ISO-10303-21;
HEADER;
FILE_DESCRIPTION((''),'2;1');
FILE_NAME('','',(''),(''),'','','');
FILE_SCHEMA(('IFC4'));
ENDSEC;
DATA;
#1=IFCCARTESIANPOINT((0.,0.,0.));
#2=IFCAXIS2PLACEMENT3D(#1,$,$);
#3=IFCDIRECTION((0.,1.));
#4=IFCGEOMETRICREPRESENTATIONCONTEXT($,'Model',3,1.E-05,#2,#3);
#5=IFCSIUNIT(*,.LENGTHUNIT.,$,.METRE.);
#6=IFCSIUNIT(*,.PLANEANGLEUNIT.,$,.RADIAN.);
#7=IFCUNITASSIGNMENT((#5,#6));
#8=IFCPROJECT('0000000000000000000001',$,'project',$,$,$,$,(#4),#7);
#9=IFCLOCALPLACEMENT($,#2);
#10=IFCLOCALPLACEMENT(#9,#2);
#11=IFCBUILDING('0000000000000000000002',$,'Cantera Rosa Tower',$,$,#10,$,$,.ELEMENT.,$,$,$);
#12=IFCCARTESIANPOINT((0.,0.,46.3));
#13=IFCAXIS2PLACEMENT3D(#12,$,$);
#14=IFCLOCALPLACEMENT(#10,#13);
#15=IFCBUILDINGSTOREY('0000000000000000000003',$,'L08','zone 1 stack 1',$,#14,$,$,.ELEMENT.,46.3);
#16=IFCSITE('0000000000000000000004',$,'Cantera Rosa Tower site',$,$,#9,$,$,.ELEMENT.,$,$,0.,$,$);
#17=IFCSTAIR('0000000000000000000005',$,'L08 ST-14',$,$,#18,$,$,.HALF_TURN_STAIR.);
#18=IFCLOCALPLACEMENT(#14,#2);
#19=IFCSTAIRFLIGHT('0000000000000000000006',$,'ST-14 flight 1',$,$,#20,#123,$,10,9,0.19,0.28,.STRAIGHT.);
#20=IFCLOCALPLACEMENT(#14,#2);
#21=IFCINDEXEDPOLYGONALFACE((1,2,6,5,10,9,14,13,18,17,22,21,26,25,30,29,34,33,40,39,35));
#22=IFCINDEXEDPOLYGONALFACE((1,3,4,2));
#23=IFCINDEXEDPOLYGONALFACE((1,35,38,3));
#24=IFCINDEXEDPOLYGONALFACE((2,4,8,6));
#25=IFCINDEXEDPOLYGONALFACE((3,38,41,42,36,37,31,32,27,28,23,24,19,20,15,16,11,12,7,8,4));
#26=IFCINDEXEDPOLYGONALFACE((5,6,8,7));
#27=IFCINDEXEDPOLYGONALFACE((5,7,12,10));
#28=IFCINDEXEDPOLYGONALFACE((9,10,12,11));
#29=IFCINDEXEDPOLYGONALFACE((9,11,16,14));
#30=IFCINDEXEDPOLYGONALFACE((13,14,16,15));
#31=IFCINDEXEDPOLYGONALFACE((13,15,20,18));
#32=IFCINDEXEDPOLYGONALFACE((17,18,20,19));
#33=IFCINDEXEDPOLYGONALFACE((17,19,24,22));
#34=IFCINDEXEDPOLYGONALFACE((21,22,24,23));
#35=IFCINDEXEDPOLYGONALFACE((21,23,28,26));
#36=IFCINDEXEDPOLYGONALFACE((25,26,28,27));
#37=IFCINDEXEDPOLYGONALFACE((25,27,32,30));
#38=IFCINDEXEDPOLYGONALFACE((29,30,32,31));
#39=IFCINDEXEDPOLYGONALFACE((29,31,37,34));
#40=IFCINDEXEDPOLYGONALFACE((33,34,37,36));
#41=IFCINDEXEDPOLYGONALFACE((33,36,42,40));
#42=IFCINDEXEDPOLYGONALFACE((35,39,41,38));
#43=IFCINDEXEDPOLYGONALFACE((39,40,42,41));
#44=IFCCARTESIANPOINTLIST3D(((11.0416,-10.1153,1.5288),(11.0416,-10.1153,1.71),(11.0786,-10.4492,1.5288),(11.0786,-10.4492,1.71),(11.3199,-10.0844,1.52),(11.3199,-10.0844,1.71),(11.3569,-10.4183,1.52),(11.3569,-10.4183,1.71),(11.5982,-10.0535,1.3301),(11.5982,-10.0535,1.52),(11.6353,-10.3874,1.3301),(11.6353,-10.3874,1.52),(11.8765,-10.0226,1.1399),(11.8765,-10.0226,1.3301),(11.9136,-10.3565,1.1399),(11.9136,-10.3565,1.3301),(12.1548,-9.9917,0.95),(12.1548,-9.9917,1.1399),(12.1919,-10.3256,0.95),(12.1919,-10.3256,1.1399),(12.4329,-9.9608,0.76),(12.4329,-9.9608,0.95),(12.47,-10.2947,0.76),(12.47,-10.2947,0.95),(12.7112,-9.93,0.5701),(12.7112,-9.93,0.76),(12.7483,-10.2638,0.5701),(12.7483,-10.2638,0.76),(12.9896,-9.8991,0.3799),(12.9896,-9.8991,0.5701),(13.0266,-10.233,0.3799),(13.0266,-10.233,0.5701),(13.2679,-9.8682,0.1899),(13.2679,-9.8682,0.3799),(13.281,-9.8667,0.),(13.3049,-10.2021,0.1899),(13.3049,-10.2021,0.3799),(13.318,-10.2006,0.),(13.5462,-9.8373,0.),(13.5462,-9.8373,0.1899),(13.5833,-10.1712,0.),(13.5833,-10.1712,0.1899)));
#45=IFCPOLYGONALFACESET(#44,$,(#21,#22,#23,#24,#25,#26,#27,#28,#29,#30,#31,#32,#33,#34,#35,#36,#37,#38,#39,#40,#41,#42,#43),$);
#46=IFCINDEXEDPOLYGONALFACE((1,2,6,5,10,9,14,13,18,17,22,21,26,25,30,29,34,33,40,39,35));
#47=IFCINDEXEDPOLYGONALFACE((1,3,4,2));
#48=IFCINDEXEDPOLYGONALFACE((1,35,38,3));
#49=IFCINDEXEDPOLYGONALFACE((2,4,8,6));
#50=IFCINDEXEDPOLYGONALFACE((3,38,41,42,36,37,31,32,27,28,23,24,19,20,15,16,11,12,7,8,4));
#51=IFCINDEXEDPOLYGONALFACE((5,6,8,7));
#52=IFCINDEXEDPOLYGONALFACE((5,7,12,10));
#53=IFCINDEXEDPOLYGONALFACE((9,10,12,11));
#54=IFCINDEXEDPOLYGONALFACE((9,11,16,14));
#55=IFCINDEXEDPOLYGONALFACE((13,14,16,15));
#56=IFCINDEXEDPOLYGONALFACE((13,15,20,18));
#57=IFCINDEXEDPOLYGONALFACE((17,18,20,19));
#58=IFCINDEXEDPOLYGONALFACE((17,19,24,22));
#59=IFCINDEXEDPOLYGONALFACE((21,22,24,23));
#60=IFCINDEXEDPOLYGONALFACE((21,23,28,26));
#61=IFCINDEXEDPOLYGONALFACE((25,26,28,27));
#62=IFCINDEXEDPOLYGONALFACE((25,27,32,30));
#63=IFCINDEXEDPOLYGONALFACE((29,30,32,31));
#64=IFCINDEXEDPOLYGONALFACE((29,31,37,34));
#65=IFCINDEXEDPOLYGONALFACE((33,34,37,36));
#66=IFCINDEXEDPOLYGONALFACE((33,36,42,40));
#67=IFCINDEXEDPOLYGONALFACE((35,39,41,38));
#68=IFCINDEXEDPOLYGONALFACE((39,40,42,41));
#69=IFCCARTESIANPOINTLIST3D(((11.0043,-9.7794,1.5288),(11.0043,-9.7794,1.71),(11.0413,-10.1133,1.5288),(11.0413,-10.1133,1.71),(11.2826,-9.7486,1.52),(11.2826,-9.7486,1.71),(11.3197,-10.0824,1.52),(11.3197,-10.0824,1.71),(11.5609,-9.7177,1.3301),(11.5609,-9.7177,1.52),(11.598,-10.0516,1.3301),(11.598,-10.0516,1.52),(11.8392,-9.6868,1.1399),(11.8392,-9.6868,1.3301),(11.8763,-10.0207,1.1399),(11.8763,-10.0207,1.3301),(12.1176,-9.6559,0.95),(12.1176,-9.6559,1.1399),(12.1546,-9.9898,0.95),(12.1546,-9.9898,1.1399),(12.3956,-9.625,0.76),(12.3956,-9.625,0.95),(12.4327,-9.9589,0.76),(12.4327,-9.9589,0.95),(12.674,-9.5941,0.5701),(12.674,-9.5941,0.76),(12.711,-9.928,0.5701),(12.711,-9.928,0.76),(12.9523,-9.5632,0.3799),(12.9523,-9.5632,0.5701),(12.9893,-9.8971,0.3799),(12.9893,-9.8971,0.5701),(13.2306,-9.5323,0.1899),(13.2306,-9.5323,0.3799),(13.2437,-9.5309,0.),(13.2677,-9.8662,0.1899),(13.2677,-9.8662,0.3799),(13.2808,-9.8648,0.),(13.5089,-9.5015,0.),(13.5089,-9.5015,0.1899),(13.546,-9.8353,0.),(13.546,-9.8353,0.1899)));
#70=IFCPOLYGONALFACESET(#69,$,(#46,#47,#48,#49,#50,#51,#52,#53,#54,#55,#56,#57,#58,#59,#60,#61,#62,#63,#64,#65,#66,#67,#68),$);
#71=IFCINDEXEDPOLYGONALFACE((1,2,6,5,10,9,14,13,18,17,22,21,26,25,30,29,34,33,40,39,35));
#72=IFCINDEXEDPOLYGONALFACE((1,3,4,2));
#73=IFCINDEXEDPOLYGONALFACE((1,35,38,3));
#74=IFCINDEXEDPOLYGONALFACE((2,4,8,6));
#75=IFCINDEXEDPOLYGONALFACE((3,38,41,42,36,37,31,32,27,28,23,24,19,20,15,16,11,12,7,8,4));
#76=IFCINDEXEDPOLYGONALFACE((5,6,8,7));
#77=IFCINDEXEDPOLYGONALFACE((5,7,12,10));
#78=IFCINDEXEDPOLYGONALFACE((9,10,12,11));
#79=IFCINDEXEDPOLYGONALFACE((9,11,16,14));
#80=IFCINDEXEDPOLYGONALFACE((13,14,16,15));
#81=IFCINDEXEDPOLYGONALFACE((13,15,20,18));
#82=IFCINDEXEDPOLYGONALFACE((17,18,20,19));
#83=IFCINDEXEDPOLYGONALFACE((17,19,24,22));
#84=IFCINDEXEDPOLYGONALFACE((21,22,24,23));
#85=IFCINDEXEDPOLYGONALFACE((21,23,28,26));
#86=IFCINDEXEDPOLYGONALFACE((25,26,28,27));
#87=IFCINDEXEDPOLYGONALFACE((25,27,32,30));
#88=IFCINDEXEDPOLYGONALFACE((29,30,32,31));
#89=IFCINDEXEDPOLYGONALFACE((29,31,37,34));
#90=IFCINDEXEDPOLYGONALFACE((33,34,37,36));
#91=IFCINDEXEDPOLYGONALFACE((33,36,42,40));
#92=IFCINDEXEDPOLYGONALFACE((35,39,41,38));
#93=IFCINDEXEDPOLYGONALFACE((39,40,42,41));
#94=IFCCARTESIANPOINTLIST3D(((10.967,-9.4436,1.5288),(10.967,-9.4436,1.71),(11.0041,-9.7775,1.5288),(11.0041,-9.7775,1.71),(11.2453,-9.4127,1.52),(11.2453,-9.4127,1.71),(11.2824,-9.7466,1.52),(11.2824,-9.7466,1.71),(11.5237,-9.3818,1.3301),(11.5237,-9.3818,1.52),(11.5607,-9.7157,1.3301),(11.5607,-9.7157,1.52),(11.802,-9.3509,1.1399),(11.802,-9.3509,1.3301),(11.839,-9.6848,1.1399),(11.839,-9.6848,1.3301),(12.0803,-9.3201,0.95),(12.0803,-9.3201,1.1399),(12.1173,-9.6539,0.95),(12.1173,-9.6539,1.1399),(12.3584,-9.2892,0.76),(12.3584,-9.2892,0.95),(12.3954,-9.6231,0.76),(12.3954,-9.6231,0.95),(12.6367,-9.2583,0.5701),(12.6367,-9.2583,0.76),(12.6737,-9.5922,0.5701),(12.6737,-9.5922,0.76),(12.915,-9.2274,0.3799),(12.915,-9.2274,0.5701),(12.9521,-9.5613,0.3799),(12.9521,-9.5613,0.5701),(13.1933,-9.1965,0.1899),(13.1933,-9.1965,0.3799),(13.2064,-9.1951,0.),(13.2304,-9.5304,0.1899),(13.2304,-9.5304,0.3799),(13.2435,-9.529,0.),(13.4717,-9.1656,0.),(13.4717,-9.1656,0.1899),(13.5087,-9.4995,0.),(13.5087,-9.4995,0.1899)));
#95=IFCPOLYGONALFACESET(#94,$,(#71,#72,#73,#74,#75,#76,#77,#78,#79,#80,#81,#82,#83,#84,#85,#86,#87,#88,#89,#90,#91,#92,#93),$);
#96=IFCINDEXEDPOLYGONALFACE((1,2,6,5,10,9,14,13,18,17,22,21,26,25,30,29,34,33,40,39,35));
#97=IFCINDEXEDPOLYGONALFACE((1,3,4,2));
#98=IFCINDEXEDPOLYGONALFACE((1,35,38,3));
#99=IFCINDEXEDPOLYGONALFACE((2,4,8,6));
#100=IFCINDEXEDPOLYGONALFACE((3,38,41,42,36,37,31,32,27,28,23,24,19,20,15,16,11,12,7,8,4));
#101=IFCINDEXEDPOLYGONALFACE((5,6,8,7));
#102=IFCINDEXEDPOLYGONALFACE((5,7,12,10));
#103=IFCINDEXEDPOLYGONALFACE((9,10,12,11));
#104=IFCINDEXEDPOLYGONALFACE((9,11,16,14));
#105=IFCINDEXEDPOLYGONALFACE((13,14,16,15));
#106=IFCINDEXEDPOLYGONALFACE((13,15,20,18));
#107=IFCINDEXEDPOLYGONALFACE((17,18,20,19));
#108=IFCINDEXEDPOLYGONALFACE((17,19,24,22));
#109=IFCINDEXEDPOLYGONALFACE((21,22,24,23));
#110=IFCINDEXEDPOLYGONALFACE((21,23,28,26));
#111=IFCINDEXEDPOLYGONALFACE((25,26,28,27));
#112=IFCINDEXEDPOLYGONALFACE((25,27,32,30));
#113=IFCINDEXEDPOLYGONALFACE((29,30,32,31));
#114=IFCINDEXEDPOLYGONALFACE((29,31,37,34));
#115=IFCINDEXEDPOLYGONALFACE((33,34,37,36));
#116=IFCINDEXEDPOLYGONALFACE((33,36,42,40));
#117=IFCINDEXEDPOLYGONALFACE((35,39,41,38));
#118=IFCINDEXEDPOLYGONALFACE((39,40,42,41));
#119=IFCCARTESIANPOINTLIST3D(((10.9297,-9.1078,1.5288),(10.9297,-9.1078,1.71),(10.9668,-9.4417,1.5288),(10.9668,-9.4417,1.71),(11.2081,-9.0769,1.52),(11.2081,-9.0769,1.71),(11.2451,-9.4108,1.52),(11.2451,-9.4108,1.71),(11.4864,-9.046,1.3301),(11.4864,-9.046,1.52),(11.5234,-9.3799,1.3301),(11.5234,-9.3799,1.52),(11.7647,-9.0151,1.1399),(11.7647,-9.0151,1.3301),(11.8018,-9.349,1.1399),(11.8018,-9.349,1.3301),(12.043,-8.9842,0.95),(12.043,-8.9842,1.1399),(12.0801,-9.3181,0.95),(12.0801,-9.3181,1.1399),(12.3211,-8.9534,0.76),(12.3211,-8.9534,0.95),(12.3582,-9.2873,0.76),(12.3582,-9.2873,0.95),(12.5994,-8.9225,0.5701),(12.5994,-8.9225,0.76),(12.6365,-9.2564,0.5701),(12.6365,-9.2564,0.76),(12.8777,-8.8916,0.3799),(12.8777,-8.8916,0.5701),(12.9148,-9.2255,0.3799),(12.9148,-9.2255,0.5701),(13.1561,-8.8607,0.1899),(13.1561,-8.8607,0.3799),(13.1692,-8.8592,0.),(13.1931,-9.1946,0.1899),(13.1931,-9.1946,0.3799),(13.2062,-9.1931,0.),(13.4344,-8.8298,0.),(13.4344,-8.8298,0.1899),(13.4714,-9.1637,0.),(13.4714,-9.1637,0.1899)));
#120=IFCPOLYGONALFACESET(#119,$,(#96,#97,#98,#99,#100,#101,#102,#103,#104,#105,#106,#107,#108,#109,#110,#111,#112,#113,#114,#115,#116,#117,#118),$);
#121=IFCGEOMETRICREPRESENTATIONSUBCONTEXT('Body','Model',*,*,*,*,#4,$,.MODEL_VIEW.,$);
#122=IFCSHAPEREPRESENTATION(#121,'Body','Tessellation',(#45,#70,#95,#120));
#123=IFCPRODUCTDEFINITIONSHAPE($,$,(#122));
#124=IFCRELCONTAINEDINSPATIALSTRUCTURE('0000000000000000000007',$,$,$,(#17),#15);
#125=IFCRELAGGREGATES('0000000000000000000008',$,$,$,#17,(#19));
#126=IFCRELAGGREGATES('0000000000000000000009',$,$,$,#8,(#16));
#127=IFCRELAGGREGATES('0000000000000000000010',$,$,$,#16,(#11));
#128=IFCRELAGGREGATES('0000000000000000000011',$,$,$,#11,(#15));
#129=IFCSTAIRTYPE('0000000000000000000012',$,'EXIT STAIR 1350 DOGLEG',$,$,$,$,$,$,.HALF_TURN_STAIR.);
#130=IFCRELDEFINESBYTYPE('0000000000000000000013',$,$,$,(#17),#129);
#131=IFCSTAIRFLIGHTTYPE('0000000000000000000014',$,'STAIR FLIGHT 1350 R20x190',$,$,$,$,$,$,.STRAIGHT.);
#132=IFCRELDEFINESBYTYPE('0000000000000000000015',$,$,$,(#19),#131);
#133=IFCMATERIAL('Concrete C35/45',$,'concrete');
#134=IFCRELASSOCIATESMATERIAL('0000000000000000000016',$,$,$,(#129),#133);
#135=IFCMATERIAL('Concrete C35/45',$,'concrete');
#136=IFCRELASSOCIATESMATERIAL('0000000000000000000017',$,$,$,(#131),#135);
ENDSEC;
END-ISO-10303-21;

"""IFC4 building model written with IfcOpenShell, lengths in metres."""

from ifc_helpers import new_model, si_unit, direction, frame, origin, place, context, subcontext, project, spatial, polyline, outline, extrude, material, type_object, element, aggregate, save


model = new_model("IFC4")

# Units and contexts
model_context = context("Model", 3, precision=1e-05, world=origin(), true_north=direction((0.0, 1.0)))
body_context = subcontext(model_context, "Body", "Model", "MODEL_VIEW")
ifc_project = project(units=[si_unit("LENGTHUNIT", "METRE"), si_unit("PLANEANGLEUNIT", "RADIAN")], contexts=[model_context])

# Site, building, storey
site_placement = place(None, origin())
site = spatial("IfcSite", under=ifc_project, at=site_placement, Name="Cantera Rosa Tower site", CompositionType="ELEMENT", RefElevation=0.0)
building_placement = place(site_placement, origin())
building = spatial("IfcBuilding", under=site, at=building_placement, Name="Cantera Rosa Tower", CompositionType="ELEMENT")
storey_placement = place(building_placement, frame((0.0, 0.0, 46.3)))
storey = spatial("IfcBuildingStorey", under=building, at=storey_placement, Name="L08", Description="zone 1 stack 1", CompositionType="ELEMENT", Elevation=46.3)

# Stair, stair flight
ifc_material_1 = material(Name="Concrete C35/45", Category="concrete")
stair_type = type_object("IfcStairType", Name="EXIT STAIR 1350 DOGLEG", PredefinedType="HALF_TURN_STAIR", material=ifc_material_1)
stair_placement = place(storey_placement, origin())
stair = element("IfcStair", 1, at=stair_placement, inside=storey, type_object=stair_type, Name="L08 ST-14", PredefinedType="HALF_TURN_STAIR")
ifc_material_2 = material(Name="Concrete C35/45", Category="concrete")
stair_flight_type = type_object("IfcStairFlightType", Name="STAIR FLIGHT 1350 R20x190", PredefinedType="STRAIGHT", material=ifc_material_2)
stair_flight_placement = place(storey_placement, frame((13.5088, -9.5002, 0.0), z_axis=(0.0, 0.0, 1.0), x_axis=(-0.993897, -0.110313, 0.0)))
stair_flight = element("IfcStairFlight", 2, at=stair_flight_placement, type_object=stair_flight_type, Name="ST-14 flight 1", NumberOfRisers=10, NumberOfTreads=9, PredefinedType="STRAIGHT", RiserHeight=0.19, TreadLength=0.28, context=body_context, shape_type="SweptSolid", body=[
    extrude(outline(polyline([(0.0, 0.0), (0.0, 0.1899), (0.28, 0.1899), (0.28, 0.3799), (0.5601, 0.3799), (0.5601, 0.5701), (0.8401, 0.5701), (0.8401, 0.76), (1.1201, 0.76), (1.1201, 0.95), (1.3999, 0.95), (1.3999, 1.1399), (1.6799, 1.1399), (1.6799, 1.3301), (1.96, 1.3301), (1.96, 1.52), (2.24, 1.52), (2.24, 1.71), (2.52, 1.71), (2.52, 1.8999), (2.52, 1.5288), (0.2668, 0.0), (0.0, 0.0)])), frame((0.0, 0.675, 0.0), z_axis=(0.0, -1.0, 0.0), x_axis=(1.0, 0.0, 0.0)), (0.0, 0.0, 1.0), 0.3359),
    extrude(outline(polyline([(0.0, 0.0), (0.0, 0.1899), (0.28, 0.1899), (0.28, 0.3799), (0.5601, 0.3799), (0.5601, 0.5701), (0.8401, 0.5701), (0.8401, 0.76), (1.1201, 0.76), (1.1201, 0.95), (1.3999, 0.95), (1.3999, 1.1399), (1.6799, 1.1399), (1.6799, 1.3301), (1.96, 1.3301), (1.96, 1.52), (2.24, 1.52), (2.24, 1.71), (2.52, 1.71), (2.52, 1.8999), (2.52, 1.5288), (0.2668, 0.0), (0.0, 0.0)])), frame((0.0, 0.3372, 0.0), z_axis=(0.0, -1.0, 0.0), x_axis=(1.0, 0.0, 0.0)), (0.0, 0.0, 1.0), 0.3359),
    extrude(outline(polyline([(0.0, 0.0), (0.0, 0.1899), (0.28, 0.1899), (0.28, 0.3799), (0.5601, 0.3799), (0.5601, 0.5701), (0.8401, 0.5701), (0.8401, 0.76), (1.1201, 0.76), (1.1201, 0.95), (1.3999, 0.95), (1.3999, 1.1399), (1.6799, 1.1399), (1.6799, 1.3301), (1.96, 1.3301), (1.96, 1.52), (2.24, 1.52), (2.24, 1.71), (2.52, 1.71), (2.52, 1.8999), (2.52, 1.5288), (0.2668, 0.0), (0.0, 0.0)])), frame((0.0, -0.0007, 0.0), z_axis=(0.0, -1.0, 0.0), x_axis=(1.0, 0.0, 0.0)), (0.0, 0.0, 1.0), 0.3359),
    extrude(outline(polyline([(0.0, 0.0), (0.0, 0.1899), (0.28, 0.1899), (0.28, 0.3799), (0.5601, 0.3799), (0.5601, 0.5701), (0.8401, 0.5701), (0.8401, 0.76), (1.1201, 0.76), (1.1201, 0.95), (1.3999, 0.95), (1.3999, 1.1399), (1.6799, 1.1399), (1.6799, 1.3301), (1.96, 1.3301), (1.96, 1.52), (2.24, 1.52), (2.24, 1.71), (2.52, 1.71), (2.52, 1.8999), (2.52, 1.5288), (0.2668, 0.0), (0.0, 0.0)])), frame((0.0, -0.3386, 0.0), z_axis=(0.0, -1.0, 0.0), x_axis=(1.0, 0.0, 0.0)), (0.0, 0.0, 1.0), 0.3359),
])
aggregate(stair, [stair_flight])

save(model, "model.ifc")
